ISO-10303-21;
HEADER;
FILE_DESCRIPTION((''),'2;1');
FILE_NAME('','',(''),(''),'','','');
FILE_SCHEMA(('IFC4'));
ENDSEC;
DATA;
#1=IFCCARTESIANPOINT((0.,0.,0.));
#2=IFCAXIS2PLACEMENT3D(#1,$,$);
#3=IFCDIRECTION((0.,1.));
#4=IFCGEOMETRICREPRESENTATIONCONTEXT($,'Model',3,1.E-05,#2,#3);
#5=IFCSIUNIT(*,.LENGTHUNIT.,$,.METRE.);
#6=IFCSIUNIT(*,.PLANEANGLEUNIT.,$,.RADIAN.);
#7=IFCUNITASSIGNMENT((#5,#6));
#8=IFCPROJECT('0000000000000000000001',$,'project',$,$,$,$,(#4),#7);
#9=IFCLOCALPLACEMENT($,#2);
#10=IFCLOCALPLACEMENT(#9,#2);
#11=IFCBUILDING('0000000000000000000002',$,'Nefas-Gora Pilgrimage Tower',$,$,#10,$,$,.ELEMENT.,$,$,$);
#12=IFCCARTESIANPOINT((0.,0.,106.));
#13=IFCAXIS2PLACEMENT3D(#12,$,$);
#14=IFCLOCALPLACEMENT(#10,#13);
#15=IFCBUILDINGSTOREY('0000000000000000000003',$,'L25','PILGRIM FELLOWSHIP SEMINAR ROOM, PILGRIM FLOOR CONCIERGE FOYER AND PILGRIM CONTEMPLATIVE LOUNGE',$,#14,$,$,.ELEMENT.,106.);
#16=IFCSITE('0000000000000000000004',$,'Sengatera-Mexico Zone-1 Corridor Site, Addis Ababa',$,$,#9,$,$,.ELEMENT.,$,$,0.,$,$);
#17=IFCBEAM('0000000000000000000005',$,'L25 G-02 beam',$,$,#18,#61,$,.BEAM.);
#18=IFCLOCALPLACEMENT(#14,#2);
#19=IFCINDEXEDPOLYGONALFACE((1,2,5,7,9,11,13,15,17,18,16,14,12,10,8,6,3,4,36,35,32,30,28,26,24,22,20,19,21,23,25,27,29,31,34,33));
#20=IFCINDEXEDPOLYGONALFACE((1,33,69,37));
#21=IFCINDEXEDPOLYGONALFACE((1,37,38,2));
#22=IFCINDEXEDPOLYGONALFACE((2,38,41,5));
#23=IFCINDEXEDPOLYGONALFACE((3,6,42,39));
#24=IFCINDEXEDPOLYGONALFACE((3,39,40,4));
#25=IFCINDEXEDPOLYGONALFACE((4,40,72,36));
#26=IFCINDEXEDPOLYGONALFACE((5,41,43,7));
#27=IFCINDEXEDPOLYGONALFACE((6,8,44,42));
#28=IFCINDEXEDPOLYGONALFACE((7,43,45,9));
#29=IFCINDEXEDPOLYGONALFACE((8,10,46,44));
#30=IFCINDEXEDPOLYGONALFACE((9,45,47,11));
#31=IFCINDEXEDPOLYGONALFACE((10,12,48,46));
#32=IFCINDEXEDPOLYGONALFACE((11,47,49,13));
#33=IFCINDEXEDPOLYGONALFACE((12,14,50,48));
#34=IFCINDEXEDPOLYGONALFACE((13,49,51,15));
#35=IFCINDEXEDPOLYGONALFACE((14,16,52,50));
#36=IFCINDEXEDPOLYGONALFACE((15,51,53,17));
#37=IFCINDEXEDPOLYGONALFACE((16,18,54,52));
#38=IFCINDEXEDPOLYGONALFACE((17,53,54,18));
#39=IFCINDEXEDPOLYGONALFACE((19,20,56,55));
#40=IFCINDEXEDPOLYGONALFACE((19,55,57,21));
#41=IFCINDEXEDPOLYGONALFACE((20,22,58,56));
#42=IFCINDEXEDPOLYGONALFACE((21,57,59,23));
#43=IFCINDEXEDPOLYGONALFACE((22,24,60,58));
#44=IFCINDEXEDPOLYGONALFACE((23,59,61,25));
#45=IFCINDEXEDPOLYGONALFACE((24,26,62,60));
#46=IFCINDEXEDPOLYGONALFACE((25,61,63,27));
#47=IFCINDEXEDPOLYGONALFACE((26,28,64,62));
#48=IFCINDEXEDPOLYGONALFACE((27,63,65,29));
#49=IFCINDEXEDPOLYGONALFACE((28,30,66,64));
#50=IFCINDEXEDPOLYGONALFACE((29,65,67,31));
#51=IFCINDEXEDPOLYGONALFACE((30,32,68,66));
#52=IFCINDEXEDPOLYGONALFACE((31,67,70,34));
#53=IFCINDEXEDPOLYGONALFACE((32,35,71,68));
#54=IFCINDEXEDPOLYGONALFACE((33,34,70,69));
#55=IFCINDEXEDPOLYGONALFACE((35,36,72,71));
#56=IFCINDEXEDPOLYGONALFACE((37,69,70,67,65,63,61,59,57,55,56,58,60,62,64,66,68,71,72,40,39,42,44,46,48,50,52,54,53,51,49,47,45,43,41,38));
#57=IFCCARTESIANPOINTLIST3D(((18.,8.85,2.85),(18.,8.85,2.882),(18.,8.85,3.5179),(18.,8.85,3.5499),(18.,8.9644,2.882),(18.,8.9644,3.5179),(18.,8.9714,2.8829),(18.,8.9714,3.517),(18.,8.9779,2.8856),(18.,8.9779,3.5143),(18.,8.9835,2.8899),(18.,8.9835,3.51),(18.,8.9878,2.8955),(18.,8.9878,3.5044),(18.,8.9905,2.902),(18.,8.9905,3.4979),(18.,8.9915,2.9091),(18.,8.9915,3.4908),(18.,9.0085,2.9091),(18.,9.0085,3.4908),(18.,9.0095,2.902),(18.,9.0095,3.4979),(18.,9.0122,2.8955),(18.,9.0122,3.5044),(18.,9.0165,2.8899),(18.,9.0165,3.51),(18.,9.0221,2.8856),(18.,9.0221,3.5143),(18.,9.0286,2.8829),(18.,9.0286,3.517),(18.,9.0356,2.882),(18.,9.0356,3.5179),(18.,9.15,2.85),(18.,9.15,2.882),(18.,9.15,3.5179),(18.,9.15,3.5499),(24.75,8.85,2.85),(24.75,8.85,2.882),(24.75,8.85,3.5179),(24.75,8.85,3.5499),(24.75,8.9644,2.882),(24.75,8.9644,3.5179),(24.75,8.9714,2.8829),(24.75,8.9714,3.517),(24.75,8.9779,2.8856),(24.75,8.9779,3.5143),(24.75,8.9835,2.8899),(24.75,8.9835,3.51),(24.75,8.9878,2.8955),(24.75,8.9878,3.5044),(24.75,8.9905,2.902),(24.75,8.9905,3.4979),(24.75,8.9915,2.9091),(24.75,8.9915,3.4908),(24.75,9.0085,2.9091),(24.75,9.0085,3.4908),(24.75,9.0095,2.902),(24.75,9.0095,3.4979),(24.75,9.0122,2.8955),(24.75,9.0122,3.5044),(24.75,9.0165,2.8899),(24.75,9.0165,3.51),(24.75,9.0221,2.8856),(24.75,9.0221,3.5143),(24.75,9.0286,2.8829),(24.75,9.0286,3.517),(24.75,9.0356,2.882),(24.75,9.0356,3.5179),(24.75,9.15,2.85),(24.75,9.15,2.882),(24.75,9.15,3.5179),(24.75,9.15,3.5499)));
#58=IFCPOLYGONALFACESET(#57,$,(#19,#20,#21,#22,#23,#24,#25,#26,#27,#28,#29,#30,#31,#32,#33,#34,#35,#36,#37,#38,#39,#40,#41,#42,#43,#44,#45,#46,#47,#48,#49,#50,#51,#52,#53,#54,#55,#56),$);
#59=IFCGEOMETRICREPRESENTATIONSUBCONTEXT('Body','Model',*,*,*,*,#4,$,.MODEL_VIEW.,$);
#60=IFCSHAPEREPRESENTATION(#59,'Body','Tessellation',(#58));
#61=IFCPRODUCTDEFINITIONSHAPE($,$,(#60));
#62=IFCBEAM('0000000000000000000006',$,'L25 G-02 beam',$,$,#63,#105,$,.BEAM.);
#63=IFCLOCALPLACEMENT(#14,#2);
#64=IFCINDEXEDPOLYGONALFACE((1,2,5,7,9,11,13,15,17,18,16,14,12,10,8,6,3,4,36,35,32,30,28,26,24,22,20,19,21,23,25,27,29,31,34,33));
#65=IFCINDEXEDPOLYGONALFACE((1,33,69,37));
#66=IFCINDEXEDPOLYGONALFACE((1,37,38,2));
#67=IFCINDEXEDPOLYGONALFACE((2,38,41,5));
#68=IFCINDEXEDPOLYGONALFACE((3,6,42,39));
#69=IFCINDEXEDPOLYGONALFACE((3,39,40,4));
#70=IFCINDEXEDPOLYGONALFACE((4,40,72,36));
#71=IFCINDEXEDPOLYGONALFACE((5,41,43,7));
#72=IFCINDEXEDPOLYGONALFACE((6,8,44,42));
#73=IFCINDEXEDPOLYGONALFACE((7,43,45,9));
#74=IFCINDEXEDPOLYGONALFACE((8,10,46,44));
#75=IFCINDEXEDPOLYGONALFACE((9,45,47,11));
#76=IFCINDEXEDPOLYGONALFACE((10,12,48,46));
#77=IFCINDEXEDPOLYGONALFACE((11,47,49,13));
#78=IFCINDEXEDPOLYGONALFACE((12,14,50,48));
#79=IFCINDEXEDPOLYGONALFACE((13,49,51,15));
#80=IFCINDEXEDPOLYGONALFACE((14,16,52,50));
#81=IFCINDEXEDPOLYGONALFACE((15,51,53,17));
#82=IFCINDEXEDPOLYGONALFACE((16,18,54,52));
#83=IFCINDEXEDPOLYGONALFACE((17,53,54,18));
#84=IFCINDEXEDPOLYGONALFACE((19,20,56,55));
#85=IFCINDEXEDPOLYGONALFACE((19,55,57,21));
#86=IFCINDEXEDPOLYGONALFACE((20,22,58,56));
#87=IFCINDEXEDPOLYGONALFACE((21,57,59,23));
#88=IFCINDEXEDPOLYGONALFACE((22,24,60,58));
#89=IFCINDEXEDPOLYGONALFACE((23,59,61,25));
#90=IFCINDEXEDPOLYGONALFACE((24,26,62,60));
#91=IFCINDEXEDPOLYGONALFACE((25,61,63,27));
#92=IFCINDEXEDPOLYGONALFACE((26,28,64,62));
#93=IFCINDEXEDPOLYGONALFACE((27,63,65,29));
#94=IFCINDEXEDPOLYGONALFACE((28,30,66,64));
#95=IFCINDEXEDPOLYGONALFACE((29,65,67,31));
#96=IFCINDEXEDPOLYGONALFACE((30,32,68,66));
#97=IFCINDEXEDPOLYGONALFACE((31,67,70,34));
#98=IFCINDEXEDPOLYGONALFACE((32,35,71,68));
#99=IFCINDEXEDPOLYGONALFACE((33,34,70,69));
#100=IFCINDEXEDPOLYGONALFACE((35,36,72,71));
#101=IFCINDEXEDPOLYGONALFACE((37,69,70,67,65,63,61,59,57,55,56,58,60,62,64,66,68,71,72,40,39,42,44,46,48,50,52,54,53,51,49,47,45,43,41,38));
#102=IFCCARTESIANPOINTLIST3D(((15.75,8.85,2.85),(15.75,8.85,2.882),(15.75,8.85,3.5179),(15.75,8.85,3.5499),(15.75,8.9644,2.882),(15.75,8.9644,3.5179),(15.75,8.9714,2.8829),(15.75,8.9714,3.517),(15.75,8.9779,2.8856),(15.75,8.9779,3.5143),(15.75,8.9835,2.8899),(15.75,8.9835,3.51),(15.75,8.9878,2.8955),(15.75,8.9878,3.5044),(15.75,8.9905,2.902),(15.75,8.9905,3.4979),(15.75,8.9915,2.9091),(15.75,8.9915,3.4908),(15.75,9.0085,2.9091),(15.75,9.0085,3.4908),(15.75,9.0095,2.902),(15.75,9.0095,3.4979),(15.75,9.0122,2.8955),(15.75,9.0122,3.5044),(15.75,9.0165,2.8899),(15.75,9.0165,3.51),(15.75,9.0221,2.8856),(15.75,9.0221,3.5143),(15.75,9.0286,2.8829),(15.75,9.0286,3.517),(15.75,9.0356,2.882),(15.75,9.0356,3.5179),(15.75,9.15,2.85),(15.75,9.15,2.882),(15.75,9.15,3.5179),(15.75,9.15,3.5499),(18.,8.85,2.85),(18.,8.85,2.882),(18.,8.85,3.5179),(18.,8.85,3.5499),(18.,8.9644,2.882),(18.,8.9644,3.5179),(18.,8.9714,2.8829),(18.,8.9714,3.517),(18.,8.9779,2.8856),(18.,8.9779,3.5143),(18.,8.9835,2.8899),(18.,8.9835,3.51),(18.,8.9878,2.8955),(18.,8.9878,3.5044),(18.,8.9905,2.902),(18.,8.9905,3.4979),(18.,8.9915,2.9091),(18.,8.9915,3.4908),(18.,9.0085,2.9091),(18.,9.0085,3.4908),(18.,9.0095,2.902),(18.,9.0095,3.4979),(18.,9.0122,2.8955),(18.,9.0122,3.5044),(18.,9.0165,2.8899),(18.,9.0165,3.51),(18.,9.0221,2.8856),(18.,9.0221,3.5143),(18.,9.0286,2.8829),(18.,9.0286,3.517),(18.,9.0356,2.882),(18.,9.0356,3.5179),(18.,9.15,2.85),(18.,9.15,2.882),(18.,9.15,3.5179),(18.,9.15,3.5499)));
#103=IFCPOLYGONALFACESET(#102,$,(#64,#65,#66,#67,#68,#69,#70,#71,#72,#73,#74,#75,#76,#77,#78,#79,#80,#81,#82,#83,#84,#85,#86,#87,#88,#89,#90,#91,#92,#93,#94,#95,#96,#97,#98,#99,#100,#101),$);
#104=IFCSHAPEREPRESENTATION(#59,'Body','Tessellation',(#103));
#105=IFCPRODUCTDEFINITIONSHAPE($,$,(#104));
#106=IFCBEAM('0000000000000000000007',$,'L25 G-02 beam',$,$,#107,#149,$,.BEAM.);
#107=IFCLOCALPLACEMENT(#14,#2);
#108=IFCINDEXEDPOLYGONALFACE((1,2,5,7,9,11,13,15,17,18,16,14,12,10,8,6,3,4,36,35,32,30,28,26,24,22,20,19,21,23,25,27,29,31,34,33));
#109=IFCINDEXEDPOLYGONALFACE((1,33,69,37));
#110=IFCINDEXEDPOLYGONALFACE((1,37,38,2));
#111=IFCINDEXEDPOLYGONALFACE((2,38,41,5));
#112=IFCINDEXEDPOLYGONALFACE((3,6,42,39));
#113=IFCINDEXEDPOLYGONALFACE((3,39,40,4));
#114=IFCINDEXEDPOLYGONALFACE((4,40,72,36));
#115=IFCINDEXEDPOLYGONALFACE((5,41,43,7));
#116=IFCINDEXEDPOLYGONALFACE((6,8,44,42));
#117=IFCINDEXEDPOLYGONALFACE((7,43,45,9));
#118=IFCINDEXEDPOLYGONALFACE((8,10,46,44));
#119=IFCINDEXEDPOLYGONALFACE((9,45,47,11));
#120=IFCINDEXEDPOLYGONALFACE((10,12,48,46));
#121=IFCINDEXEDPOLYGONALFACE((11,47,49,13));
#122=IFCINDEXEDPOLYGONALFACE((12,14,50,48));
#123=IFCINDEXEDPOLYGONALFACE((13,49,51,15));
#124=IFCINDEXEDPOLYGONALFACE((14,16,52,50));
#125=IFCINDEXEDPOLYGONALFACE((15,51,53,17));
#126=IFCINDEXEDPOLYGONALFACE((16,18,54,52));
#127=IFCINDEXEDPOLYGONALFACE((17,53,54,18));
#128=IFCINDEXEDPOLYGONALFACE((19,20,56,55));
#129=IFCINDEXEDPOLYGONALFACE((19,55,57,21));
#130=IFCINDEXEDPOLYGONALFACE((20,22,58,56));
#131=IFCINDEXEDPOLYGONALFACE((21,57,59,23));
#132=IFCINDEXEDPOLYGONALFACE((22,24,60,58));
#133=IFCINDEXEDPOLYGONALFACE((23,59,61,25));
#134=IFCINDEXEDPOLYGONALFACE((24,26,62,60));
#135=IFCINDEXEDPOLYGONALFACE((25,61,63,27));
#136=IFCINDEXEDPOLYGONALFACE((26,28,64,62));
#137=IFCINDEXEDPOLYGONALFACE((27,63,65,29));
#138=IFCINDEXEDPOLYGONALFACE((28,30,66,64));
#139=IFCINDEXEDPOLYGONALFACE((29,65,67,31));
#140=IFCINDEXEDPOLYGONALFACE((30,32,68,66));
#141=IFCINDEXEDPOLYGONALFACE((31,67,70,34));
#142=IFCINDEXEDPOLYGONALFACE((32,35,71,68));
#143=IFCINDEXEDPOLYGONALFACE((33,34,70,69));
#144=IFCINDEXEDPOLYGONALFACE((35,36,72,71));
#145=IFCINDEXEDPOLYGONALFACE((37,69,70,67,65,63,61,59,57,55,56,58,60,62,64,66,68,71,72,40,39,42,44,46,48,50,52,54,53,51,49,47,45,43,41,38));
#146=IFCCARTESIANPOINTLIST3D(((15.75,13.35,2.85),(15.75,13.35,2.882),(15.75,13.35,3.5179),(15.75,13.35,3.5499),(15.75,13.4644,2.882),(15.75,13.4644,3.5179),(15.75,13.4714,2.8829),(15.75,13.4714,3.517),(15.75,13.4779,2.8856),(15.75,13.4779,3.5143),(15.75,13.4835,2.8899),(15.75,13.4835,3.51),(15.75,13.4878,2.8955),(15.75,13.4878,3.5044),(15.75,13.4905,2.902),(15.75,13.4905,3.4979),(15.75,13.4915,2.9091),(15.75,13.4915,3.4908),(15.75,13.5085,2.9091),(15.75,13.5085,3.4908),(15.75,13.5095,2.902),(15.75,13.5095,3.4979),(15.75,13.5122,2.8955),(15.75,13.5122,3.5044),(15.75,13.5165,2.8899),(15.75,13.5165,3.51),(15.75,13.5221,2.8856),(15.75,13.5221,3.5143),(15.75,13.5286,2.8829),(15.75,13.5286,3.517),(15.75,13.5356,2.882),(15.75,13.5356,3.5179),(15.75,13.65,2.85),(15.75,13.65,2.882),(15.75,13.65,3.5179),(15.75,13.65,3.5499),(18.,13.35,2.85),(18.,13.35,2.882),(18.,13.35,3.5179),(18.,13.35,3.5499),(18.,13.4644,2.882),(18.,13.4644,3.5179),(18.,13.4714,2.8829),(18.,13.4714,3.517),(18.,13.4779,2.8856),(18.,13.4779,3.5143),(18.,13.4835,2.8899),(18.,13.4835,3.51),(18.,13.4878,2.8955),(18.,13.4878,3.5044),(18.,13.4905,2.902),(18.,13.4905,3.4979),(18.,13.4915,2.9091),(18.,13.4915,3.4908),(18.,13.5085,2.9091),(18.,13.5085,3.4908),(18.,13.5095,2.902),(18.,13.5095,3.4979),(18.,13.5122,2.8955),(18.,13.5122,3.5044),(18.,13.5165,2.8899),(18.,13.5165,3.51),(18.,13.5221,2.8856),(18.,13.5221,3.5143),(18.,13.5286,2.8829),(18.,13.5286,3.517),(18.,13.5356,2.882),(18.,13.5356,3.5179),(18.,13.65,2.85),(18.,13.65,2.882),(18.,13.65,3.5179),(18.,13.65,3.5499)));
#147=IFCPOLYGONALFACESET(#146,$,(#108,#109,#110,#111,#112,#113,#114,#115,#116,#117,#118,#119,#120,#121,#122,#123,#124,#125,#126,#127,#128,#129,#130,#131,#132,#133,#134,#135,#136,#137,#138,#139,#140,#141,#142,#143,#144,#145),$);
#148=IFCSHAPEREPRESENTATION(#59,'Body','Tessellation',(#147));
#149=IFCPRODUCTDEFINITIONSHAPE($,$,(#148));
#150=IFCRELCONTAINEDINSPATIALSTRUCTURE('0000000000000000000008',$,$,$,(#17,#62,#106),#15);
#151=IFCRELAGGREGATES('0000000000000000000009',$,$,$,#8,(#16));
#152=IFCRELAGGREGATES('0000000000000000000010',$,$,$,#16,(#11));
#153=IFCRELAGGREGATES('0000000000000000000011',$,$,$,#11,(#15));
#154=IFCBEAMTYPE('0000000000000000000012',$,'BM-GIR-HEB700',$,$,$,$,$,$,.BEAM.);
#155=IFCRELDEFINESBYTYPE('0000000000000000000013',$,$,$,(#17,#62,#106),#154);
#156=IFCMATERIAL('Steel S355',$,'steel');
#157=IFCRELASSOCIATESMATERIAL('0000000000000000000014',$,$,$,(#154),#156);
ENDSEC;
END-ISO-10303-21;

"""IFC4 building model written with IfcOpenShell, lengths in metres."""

from ifc_helpers import new_model, si_unit, direction, frame, origin, origin_2d, place, context, subcontext, project, spatial, i_section, extrude, source, transform, mapped, material, material_profile, profile_set, type_object, element, save


model = new_model("IFC4")

# Units and contexts
model_context = context("Model", 3, precision=1e-05, world=origin(), true_north=direction((0.0, 1.0)))
body_context = subcontext(model_context, "Body", "Model", "MODEL_VIEW")
ifc_project = project(units=[si_unit("LENGTHUNIT", "METRE"), si_unit("PLANEANGLEUNIT", "RADIAN")], contexts=[model_context])

# Site, building, storey
site_placement = place(None, origin())
site = spatial("IfcSite", under=ifc_project, at=site_placement, Name="Sengatera-Mexico Zone-1 Corridor Site, Addis Ababa", CompositionType="ELEMENT", RefElevation=0.0)
building_placement = place(site_placement, origin())
building = spatial("IfcBuilding", under=site, at=building_placement, Name="Nefas-Gora Pilgrimage Tower", CompositionType="ELEMENT")
storey_placement = place(building_placement, frame((0.0, 0.0, 106.0)))
storey = spatial("IfcBuildingStorey", under=building, at=storey_placement, Name="L25", Description="PILGRIM FELLOWSHIP SEMINAR ROOM, PILGRIM FLOOR CONCIERGE FOYER AND PILGRIM CONTEMPLATIVE LOUNGE", CompositionType="ELEMENT", Elevation=106.0)

# Beams
ifc_material_1 = material(Name="Steel S355", Category="steel")
ifc_material_profile_1 = material_profile(ifc_material_1, i_section(OverallWidth=0.3, OverallDepth=0.7, WebThickness=0.0171, FlangeThickness=0.032, FilletRadius=0.0271, at=origin_2d()), Name="HEB 700")
ifc_profile_set_1 = profile_set([ifc_material_profile_1], Name="Steel S355")
beam_type_1 = type_object("IfcBeamType", Name="BM-GIR-HEB700", PredefinedType="BEAM", material=ifc_profile_set_1)
shared_shape_1 = source(origin(), body_context, "Body", "SweptSolid", [
    extrude(i_section(OverallWidth=0.3, OverallDepth=0.7, WebThickness=0.0171, FlangeThickness=0.032, FilletRadius=0.0271, at=origin_2d()), origin(), (0.0, 0.0, 1.0), 6.75),
])
for number, where, z_axis, x_axis, name in (
    (1, (18.0, 9.0, 3.2), (1.0, 0.0, 0.0), (0.0, 1.0, 0.0), "L25 G-02 beam"),
):
    element("IfcBeam", number, at=place(storey_placement, frame(where, z_axis=z_axis, x_axis=x_axis)), inside=storey, type_object=beam_type_1, Name=name, PredefinedType="BEAM", context=body_context, shape_type="MappedRepresentation", body=[
        mapped(shared_shape_1, transform((0.0, 0.0, 0.0), x_axis=(1.0, 0.0, 0.0), y_axis=(0.0, 1.0, 0.0), z_axis=(0.0, 0.0, 1.0), scale=1.0)),
    ])
shared_shape_2 = source(origin(), body_context, "Body", "SweptSolid", [
    extrude(i_section(OverallWidth=0.3, OverallDepth=0.7, WebThickness=0.0171, FlangeThickness=0.032, FilletRadius=0.0271, at=origin_2d()), origin(), (0.0, 0.0, 1.0), 2.25),
])
for number, where, z_axis, x_axis, name in (
    (2, (15.75, 9.0, 3.2), (1.0, 0.0, 0.0), (0.0, 1.0, 0.0), "L25 G-02 beam"),
    (3, (15.75, 13.5, 3.2), (1.0, 0.0, 0.0), (0.0, 1.0, 0.0), "L25 G-02 beam"),
):
    element("IfcBeam", number, at=place(storey_placement, frame(where, z_axis=z_axis, x_axis=x_axis)), inside=storey, type_object=beam_type_1, Name=name, PredefinedType="BEAM", context=body_context, shape_type="MappedRepresentation", body=[
        mapped(shared_shape_2, transform((0.0, 0.0, 0.0), x_axis=(1.0, 0.0, 0.0), y_axis=(0.0, 1.0, 0.0), z_axis=(0.0, 0.0, 1.0), scale=1.0)),
    ])

save(model, "model.ifc")
